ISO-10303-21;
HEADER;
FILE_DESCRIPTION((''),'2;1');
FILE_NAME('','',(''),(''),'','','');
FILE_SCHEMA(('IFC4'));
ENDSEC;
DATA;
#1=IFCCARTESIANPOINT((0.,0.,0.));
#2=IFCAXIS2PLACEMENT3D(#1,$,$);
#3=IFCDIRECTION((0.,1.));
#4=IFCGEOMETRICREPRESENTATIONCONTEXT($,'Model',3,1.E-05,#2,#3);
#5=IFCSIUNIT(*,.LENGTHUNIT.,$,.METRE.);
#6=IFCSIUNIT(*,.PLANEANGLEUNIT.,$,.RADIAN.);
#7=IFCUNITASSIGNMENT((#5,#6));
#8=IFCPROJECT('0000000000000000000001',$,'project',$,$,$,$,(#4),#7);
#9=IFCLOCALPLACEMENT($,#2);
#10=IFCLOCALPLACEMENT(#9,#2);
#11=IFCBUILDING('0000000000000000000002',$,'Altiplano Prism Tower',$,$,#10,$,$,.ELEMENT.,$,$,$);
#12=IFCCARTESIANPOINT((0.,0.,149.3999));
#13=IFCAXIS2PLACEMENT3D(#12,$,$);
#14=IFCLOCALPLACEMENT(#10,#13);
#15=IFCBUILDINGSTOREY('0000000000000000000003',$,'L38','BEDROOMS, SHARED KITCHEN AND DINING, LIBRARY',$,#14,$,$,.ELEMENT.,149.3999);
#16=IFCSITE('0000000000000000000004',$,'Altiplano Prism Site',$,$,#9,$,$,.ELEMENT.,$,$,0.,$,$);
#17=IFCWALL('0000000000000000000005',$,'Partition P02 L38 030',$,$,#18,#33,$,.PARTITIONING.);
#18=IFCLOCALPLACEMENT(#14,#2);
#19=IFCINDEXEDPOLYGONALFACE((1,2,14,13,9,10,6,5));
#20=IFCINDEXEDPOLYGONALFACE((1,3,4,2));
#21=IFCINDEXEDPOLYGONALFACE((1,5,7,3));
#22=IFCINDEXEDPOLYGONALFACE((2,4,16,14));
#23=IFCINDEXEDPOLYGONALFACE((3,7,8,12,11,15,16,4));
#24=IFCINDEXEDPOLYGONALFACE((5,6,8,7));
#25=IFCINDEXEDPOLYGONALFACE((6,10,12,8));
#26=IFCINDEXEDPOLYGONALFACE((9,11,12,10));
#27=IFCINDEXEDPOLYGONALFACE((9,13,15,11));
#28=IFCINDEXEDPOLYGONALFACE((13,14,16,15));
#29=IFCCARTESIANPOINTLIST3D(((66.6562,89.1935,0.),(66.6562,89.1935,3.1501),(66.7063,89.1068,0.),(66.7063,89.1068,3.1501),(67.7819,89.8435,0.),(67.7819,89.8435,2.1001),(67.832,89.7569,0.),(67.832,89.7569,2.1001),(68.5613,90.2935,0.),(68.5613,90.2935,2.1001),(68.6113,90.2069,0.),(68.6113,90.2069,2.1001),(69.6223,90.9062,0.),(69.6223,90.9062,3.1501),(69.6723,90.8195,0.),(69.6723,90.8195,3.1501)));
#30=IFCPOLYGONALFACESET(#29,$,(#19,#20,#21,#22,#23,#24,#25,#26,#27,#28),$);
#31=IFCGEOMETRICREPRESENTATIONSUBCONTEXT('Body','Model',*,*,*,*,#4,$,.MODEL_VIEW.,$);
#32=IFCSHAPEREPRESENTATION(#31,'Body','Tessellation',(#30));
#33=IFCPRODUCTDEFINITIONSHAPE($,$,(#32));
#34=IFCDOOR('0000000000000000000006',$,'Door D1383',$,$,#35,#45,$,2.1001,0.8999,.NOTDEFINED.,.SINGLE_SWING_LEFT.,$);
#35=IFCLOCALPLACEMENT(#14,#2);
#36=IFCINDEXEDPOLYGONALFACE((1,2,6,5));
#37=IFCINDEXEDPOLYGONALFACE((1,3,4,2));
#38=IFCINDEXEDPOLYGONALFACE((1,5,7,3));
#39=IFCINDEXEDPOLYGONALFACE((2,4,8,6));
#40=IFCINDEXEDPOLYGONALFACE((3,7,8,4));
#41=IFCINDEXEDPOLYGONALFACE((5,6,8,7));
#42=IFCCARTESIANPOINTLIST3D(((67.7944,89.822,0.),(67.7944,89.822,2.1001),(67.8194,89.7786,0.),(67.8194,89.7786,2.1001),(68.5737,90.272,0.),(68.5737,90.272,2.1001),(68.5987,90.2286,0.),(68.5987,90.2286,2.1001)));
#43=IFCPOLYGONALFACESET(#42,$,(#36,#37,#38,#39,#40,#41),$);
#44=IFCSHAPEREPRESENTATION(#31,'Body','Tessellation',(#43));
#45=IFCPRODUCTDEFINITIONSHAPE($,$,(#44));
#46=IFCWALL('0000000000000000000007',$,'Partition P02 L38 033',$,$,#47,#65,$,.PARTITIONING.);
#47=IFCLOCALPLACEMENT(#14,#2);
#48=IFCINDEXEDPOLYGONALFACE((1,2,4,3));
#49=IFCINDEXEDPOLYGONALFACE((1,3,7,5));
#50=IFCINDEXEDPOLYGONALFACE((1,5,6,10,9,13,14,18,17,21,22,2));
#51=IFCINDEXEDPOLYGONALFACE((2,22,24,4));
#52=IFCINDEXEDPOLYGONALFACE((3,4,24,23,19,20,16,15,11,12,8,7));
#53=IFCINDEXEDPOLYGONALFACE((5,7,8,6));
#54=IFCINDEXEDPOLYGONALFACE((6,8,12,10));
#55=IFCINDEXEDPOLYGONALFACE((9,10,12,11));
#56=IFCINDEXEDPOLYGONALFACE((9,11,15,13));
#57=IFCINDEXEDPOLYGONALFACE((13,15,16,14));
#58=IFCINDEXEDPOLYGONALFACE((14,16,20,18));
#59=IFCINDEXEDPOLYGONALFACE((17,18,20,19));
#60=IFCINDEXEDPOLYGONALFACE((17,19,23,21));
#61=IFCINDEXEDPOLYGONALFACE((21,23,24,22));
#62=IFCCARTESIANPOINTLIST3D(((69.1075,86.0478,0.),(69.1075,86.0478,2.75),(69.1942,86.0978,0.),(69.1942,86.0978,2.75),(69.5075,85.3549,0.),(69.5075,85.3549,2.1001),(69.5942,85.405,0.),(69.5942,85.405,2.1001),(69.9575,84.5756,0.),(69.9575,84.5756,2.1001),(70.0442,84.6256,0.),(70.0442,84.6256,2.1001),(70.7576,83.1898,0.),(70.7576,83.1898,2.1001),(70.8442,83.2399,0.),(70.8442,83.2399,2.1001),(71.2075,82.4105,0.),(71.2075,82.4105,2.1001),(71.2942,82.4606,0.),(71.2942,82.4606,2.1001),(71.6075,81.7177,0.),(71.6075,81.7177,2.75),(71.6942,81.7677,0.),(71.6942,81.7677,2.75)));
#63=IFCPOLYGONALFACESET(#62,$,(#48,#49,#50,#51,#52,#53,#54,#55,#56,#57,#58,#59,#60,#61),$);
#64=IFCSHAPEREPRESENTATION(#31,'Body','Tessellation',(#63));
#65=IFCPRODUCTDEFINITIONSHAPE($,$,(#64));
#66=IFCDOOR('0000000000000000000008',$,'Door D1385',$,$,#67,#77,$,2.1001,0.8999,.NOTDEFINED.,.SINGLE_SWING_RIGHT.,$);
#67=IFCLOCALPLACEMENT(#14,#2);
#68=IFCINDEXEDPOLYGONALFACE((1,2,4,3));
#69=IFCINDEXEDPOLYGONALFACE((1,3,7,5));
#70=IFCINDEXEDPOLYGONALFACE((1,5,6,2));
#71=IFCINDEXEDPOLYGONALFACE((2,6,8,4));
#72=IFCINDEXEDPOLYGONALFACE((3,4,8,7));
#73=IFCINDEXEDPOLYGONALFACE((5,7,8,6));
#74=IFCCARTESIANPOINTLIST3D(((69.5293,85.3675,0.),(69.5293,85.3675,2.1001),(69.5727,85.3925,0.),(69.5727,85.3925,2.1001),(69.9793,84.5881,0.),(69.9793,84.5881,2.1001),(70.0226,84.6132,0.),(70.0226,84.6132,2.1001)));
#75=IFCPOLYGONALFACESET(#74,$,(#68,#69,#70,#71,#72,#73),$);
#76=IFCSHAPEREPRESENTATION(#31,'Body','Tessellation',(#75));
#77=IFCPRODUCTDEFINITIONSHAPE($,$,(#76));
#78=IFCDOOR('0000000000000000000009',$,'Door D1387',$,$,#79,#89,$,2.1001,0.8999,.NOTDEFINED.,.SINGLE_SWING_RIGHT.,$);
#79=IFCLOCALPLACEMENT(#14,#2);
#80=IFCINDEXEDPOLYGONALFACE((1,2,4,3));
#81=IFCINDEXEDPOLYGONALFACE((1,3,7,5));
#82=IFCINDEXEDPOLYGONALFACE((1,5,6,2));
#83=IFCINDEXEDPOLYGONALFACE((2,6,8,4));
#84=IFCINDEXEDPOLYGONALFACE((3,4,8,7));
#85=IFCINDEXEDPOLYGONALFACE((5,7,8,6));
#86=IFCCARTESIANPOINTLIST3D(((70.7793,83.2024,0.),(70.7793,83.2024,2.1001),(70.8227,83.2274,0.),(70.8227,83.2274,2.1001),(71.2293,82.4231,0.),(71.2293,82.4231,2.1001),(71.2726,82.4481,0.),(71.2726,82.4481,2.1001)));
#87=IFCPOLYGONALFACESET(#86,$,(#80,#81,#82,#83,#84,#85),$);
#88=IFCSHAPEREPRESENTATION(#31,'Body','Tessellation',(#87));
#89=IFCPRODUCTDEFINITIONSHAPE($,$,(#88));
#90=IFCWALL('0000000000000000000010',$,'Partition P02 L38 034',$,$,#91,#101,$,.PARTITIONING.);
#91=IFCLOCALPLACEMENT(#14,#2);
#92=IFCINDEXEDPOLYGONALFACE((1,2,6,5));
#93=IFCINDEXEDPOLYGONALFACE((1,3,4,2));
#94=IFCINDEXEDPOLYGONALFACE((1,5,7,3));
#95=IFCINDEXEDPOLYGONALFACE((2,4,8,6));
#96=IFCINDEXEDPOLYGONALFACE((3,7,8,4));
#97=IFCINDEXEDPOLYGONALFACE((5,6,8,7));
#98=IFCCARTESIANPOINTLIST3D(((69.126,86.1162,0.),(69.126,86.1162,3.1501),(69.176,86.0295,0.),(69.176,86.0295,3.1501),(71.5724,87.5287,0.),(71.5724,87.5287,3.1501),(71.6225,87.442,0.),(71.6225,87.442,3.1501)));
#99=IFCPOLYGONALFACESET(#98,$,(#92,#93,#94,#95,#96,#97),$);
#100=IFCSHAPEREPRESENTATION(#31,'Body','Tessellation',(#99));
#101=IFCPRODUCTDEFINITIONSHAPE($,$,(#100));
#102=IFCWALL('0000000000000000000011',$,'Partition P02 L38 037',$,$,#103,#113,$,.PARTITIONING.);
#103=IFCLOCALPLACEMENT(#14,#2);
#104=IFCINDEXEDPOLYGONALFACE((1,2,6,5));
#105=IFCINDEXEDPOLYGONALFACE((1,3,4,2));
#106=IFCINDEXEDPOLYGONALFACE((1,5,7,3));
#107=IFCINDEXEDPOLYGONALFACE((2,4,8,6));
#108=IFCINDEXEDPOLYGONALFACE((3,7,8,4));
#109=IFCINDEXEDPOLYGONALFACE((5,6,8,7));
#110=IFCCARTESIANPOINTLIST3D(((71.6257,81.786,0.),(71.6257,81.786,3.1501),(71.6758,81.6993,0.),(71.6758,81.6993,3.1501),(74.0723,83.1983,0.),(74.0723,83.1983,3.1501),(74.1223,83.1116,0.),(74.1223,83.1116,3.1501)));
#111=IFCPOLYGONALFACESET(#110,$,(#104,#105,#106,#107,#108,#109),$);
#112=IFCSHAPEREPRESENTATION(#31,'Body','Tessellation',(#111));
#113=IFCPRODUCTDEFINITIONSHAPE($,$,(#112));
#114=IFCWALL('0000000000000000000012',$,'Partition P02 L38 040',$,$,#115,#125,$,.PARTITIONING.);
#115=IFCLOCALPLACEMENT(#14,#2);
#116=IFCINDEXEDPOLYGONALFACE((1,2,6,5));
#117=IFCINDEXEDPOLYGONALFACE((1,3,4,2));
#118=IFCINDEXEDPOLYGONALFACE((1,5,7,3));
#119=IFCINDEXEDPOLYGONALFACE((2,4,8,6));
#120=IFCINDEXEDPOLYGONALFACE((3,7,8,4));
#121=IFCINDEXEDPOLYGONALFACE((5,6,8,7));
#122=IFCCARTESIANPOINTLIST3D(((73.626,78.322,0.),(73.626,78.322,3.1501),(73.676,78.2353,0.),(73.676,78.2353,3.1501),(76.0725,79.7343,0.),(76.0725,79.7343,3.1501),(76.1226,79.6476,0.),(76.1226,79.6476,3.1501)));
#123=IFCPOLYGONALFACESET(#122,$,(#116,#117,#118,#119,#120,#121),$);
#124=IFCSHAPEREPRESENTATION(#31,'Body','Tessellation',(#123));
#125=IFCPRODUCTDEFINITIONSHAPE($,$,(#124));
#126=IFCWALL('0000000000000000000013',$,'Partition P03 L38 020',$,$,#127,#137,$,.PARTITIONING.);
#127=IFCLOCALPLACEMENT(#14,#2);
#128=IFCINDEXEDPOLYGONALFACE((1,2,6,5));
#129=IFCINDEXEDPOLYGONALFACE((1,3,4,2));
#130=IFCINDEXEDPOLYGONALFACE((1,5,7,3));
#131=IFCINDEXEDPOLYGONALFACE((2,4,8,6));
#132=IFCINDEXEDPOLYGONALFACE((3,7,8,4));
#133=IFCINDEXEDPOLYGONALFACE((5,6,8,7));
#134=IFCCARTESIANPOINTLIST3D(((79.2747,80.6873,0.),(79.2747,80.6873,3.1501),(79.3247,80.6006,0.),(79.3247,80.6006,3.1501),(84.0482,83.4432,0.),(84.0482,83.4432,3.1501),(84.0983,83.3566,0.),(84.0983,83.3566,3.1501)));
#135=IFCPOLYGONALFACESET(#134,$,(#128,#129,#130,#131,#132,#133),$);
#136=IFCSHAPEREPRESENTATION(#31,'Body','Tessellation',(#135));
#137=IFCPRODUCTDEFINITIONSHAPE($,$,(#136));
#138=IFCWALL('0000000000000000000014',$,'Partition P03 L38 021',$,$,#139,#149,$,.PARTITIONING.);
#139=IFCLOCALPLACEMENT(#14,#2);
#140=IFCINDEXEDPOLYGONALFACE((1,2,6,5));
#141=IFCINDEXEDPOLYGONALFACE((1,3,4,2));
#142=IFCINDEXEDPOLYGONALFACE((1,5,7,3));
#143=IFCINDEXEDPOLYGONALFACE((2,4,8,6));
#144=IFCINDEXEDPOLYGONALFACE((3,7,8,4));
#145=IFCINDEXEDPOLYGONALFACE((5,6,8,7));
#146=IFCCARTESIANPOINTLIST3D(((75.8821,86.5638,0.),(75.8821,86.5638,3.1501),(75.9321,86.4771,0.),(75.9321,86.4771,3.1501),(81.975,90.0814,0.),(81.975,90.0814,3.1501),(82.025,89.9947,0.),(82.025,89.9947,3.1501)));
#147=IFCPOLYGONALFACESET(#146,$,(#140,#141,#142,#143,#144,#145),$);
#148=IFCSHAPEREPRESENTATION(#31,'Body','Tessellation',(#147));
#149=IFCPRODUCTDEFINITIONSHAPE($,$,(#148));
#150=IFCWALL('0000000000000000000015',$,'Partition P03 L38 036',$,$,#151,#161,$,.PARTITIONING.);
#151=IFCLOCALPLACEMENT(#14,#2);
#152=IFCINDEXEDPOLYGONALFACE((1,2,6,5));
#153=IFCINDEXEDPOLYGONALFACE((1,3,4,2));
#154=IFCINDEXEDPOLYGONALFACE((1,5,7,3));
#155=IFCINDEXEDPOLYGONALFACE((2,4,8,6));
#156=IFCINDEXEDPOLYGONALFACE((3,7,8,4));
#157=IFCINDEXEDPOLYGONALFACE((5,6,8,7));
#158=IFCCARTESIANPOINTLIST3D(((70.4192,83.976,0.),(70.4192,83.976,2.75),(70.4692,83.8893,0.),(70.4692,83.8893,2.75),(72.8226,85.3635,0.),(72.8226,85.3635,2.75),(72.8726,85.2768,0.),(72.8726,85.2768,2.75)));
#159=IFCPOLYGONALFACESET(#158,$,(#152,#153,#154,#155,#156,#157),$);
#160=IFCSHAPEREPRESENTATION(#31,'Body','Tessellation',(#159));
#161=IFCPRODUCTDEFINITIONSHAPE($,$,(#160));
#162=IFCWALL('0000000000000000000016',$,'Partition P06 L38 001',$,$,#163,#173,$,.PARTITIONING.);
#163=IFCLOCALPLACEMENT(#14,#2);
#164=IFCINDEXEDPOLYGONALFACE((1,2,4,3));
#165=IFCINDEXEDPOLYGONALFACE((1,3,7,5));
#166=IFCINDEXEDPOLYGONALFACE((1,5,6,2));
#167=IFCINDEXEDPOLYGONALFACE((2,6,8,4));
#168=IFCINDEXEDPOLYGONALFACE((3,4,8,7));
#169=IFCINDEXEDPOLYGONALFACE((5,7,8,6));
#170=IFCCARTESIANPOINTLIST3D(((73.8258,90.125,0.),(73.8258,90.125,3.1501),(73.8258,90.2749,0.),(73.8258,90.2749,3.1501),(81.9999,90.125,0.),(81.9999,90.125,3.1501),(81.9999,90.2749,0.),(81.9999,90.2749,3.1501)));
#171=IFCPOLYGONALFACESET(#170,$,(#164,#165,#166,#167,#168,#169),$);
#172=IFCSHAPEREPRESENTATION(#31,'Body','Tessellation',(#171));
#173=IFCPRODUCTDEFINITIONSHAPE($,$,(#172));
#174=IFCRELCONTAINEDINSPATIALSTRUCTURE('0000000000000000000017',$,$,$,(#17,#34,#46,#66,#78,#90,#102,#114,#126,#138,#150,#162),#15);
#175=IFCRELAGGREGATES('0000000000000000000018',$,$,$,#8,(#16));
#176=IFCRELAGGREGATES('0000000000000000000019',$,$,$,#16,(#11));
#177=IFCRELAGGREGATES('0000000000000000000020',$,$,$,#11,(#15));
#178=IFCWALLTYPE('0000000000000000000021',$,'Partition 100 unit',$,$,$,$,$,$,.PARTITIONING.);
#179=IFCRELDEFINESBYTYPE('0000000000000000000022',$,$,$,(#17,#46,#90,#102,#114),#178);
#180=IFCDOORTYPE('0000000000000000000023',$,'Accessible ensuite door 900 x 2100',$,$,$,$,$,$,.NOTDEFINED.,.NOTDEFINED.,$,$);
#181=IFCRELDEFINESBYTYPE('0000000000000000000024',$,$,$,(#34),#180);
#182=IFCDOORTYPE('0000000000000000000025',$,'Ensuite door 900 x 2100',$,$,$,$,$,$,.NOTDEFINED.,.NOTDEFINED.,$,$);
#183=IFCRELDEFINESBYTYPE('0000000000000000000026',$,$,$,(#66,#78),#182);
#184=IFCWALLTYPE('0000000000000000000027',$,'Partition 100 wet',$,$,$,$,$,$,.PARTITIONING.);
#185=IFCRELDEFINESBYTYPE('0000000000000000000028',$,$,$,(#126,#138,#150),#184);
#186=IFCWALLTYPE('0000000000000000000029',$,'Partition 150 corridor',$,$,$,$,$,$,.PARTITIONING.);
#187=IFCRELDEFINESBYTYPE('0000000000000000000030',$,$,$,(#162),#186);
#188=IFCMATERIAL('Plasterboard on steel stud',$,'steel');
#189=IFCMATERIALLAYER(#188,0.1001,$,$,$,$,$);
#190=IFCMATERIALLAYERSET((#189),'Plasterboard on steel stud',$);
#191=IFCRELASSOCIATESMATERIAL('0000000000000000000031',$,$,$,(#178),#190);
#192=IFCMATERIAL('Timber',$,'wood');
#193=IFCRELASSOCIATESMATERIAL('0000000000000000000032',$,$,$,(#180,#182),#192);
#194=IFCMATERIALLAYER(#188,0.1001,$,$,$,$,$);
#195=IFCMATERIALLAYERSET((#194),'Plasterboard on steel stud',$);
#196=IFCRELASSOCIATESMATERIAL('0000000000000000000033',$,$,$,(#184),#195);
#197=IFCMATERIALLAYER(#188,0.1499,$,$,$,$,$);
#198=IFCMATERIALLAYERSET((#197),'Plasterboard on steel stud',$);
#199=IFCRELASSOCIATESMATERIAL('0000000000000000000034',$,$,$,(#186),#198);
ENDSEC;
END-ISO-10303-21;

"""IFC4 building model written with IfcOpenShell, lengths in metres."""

from ifc_helpers import new_model, si_unit, direction, frame, frame_2d, origin, place, context, subcontext, project, spatial, rectangle, extrude, material, layer, layer_set, type_object, element, fill, save


model = new_model("IFC4")

# Units and contexts
model_context = context("Model", 3, precision=1e-05, world=origin(), true_north=direction((0.0, 1.0)))
body_context = subcontext(model_context, "Body", "Model", "MODEL_VIEW")
ifc_project = project(units=[si_unit("LENGTHUNIT", "METRE"), si_unit("PLANEANGLEUNIT", "RADIAN")], contexts=[model_context])

# Site, building, storey
site_placement = place(None, origin())
site = spatial("IfcSite", under=ifc_project, at=site_placement, Name="Altiplano Prism Site", CompositionType="ELEMENT", RefElevation=0.0)
building_placement = place(site_placement, origin())
building = spatial("IfcBuilding", under=site, at=building_placement, Name="Altiplano Prism Tower", CompositionType="ELEMENT")
storey_placement = place(building_placement, frame((0.0, 0.0, 149.3999)))
storey = spatial("IfcBuildingStorey", under=building, at=storey_placement, Name="L38", Description="BEDROOMS, SHARED KITCHEN AND DINING, LIBRARY", CompositionType="ELEMENT", Elevation=149.3999)

# Wall, opening, door
ifc_material_1 = material(Name="Plasterboard on steel stud", Category="steel")
ifc_layer_1 = layer(ifc_material_1, 0.1001)
ifc_layer_set_1 = layer_set([ifc_layer_1], Name="Plasterboard on steel stud")
wall_type_1 = type_object("IfcWallType", Name="Partition 100 unit", PredefinedType="PARTITIONING", material=ifc_layer_set_1)
wall_1_placement = place(storey_placement, frame((69.6472, 90.8628, 0.0), z_axis=(0.0, 0.0, 1.0), x_axis=(-0.866002, -0.500041, 0.0)))
wall_1 = element("IfcWall", 1, at=wall_1_placement, inside=storey, type_object=wall_type_1, Name="Partition P02 L38 030", PredefinedType="PARTITIONING", context=body_context, shape_type="SweptSolid", body=[
    extrude(rectangle(XDim=3.425, YDim=0.1001, at=frame_2d((1.7124, 0.0))), origin(), (0.0, 0.0, 1.0), 3.1501),
])
opening_1_placement = place(wall_1_placement, frame((1.2251, 0.0, 0.0)))
opening_1 = element("IfcOpeningElement", 2, at=opening_1_placement, cuts=wall_1, PredefinedType="OPENING", context=body_context, shape_type="SweptSolid", body=[
    extrude(rectangle(XDim=0.8999, YDim=2.1001, at=frame_2d((0.45, 1.05))), frame((0.0, 0.0605, 0.0), z_axis=(0.0, -1.0, 0.0), x_axis=(1.0, 0.0, 0.0)), (0.0, 0.0, 1.0), 0.1211),
])
ifc_material_2 = material(Name="Timber", Category="wood")
door_type_1 = type_object("IfcDoorType", Name="Accessible ensuite door 900 x 2100", OperationType="NOTDEFINED", PredefinedType="NOTDEFINED", material=ifc_material_2)
door_1_placement = place(opening_1_placement, origin())
door_1 = element("IfcDoor", 3, at=door_1_placement, inside=storey, type_object=door_type_1, Name="Door D1383", OperationType="SINGLE_SWING_LEFT", OverallHeight=2.1001, OverallWidth=0.8999, PredefinedType="NOTDEFINED", context=body_context, shape_type="SweptSolid", body=[
    extrude(rectangle(XDim=0.8999, YDim=2.1001, at=frame_2d((0.45, 1.05))), frame((0.0, 0.0249, 0.0), z_axis=(0.0, -1.0, 0.0), x_axis=(1.0, 0.0, 0.0)), (0.0, 0.0, 1.0), 0.05),
])
fill(opening_1, door_1)

# Wall, openings, doors
wall_2_placement = place(storey_placement, frame((71.6509, 81.7427, 0.0), z_axis=(0.0, 0.0, 1.0), x_axis=(-0.500004, 0.866023, 0.0)))
wall_2 = element("IfcWall", 4, at=wall_2_placement, inside=storey, type_object=wall_type_1, Name="Partition P02 L38 033", PredefinedType="PARTITIONING", context=body_context, shape_type="SweptSolid", body=[
    extrude(rectangle(XDim=5.0, YDim=0.1001, at=frame_2d((2.5, 0.0))), origin(), (0.0, 0.0, 1.0), 2.75),
])
opening_2_placement = place(wall_2_placement, frame((3.3, 0.0, 0.0)))
opening_2 = element("IfcOpeningElement", 5, at=opening_2_placement, cuts=wall_2, PredefinedType="OPENING", context=body_context, shape_type="SweptSolid", body=[
    extrude(rectangle(XDim=0.8999, YDim=2.1001, at=frame_2d((0.45, 1.05))), frame((0.0, 0.0605, 0.0), z_axis=(0.0, -1.0, 0.0), x_axis=(1.0, 0.0, 0.0)), (0.0, 0.0, 1.0), 0.1211),
])
opening_3_placement = place(wall_2_placement, frame((0.8, 0.0, 0.0)))
opening_3 = element("IfcOpeningElement", 6, at=opening_3_placement, cuts=wall_2, PredefinedType="OPENING", context=body_context, shape_type="SweptSolid", body=[
    extrude(rectangle(XDim=0.8999, YDim=2.1001, at=frame_2d((0.45, 1.05))), frame((0.0, 0.0605, 0.0), z_axis=(0.0, -1.0, 0.0), x_axis=(1.0, 0.0, 0.0)), (0.0, 0.0, 1.0), 0.1211),
])
door_type_2 = type_object("IfcDoorType", Name="Ensuite door 900 x 2100", OperationType="NOTDEFINED", PredefinedType="NOTDEFINED", material=ifc_material_2)
door_2_placement = place(opening_2_placement, origin())
door_2 = element("IfcDoor", 7, at=door_2_placement, inside=storey, type_object=door_type_2, Name="Door D1385", OperationType="SINGLE_SWING_RIGHT", OverallHeight=2.1001, OverallWidth=0.8999, PredefinedType="NOTDEFINED", context=body_context, shape_type="SweptSolid", body=[
    extrude(rectangle(XDim=0.8999, YDim=2.1001, at=frame_2d((0.45, 1.05))), frame((0.0, 0.0249, 0.0), z_axis=(0.0, -1.0, 0.0), x_axis=(1.0, 0.0, 0.0)), (0.0, 0.0, 1.0), 0.05),
])
fill(opening_2, door_2)
door_3_placement = place(opening_3_placement, origin())
door_3 = element("IfcDoor", 8, at=door_3_placement, inside=storey, type_object=door_type_2, Name="Door D1387", OperationType="SINGLE_SWING_RIGHT", OverallHeight=2.1001, OverallWidth=0.8999, PredefinedType="NOTDEFINED", context=body_context, shape_type="SweptSolid", body=[
    extrude(rectangle(XDim=0.8999, YDim=2.1001, at=frame_2d((0.45, 1.05))), frame((0.0, 0.0249, 0.0), z_axis=(0.0, -1.0, 0.0), x_axis=(1.0, 0.0, 0.0)), (0.0, 0.0, 1.0), 0.05),
])
fill(opening_3, door_3)

# Walls
for number, where, z_axis, x_axis, name in (
    (9, (69.1509, 86.0728, 0.0), (0.0, 0.0, 1.0), (0.866011, 0.500024, 0.0), "Partition P02 L38 034"),
    (10, (74.0974, 83.155, 0.0), (0.0, 0.0, 1.0), (-0.866049, -0.499959, 0.0), "Partition P02 L38 037"),
    (11, (73.6509, 78.2786, 0.0), (0.0, 0.0, 1.0), (0.866049, 0.499959, 0.0), "Partition P02 L38 040"),
):
    element("IfcWall", number, at=place(storey_placement, frame(where, z_axis=z_axis, x_axis=x_axis)), inside=storey, type_object=wall_type_1, Name=name, PredefinedType="PARTITIONING", context=body_context, shape_type="SweptSolid", body=[
        extrude(rectangle(XDim=2.825, YDim=0.1001, at=frame_2d((1.4126, 0.0))), origin(), (0.0, 0.0, 1.0), 3.1501),
    ])
ifc_layer_2 = layer(ifc_material_1, 0.1001)
ifc_layer_set_2 = layer_set([ifc_layer_2], Name="Plasterboard on steel stud")
wall_type_2 = type_object("IfcWallType", Name="Partition 100 wet", PredefinedType="PARTITIONING", material=ifc_layer_set_2)
wall_3_placement = place(storey_placement, frame((79.2998, 80.644, 0.0), z_axis=(0.0, 0.0, 1.0), x_axis=(0.866032, 0.499988, 0.0)))
element("IfcWall", 12, at=wall_3_placement, inside=storey, type_object=wall_type_2, Name="Partition P03 L38 020", PredefinedType="PARTITIONING", context=body_context, shape_type="SweptSolid", body=[
    extrude(rectangle(XDim=5.512, YDim=0.1001, at=frame_2d((2.7559, 0.0))), origin(), (0.0, 0.0, 1.0), 3.1501),
])
wall_4_placement = place(storey_placement, frame((75.9072, 86.5205, 0.0), z_axis=(0.0, 0.0, 1.0), x_axis=(0.866031, 0.499991, 0.0)))
element("IfcWall", 13, at=wall_4_placement, inside=storey, type_object=wall_type_2, Name="Partition P03 L38 021", PredefinedType="PARTITIONING", context=body_context, shape_type="SweptSolid", body=[
    extrude(rectangle(XDim=7.0354, YDim=0.1001, at=frame_2d((3.5176, 0.0))), origin(), (0.0, 0.0, 1.0), 3.1501),
])
wall_5_placement = place(storey_placement, frame((70.4441, 83.9326, 0.0), z_axis=(0.0, 0.0, 1.0), x_axis=(0.866042, 0.499971, 0.0)))
element("IfcWall", 14, at=wall_5_placement, inside=storey, type_object=wall_type_2, Name="Partition P03 L38 036", PredefinedType="PARTITIONING", context=body_context, shape_type="SweptSolid", body=[
    extrude(rectangle(XDim=2.7751, YDim=0.1001, at=frame_2d((1.3877, 0.0))), origin(), (0.0, 0.0, 1.0), 2.75),
])
ifc_layer_3 = layer(ifc_material_1, 0.1499)
ifc_layer_set_3 = layer_set([ifc_layer_3], Name="Plasterboard on steel stud")
wall_type_3 = type_object("IfcWallType", Name="Partition 150 corridor", PredefinedType="PARTITIONING", material=ifc_layer_set_3)
wall_6_placement = place(storey_placement, frame((73.8259, 90.2, 0.0), z_axis=(0.0, 0.0, 1.0), x_axis=(1.0, 0.0, 0.0)))
element("IfcWall", 15, at=wall_6_placement, inside=storey, type_object=wall_type_3, Name="Partition P06 L38 001", PredefinedType="PARTITIONING", context=body_context, shape_type="SweptSolid", body=[
    extrude(rectangle(XDim=8.1741, YDim=0.1499, at=frame_2d((4.0869, 0.0))), origin(), (0.0, 0.0, 1.0), 3.1501),
])

save(model, "model.ifc")
